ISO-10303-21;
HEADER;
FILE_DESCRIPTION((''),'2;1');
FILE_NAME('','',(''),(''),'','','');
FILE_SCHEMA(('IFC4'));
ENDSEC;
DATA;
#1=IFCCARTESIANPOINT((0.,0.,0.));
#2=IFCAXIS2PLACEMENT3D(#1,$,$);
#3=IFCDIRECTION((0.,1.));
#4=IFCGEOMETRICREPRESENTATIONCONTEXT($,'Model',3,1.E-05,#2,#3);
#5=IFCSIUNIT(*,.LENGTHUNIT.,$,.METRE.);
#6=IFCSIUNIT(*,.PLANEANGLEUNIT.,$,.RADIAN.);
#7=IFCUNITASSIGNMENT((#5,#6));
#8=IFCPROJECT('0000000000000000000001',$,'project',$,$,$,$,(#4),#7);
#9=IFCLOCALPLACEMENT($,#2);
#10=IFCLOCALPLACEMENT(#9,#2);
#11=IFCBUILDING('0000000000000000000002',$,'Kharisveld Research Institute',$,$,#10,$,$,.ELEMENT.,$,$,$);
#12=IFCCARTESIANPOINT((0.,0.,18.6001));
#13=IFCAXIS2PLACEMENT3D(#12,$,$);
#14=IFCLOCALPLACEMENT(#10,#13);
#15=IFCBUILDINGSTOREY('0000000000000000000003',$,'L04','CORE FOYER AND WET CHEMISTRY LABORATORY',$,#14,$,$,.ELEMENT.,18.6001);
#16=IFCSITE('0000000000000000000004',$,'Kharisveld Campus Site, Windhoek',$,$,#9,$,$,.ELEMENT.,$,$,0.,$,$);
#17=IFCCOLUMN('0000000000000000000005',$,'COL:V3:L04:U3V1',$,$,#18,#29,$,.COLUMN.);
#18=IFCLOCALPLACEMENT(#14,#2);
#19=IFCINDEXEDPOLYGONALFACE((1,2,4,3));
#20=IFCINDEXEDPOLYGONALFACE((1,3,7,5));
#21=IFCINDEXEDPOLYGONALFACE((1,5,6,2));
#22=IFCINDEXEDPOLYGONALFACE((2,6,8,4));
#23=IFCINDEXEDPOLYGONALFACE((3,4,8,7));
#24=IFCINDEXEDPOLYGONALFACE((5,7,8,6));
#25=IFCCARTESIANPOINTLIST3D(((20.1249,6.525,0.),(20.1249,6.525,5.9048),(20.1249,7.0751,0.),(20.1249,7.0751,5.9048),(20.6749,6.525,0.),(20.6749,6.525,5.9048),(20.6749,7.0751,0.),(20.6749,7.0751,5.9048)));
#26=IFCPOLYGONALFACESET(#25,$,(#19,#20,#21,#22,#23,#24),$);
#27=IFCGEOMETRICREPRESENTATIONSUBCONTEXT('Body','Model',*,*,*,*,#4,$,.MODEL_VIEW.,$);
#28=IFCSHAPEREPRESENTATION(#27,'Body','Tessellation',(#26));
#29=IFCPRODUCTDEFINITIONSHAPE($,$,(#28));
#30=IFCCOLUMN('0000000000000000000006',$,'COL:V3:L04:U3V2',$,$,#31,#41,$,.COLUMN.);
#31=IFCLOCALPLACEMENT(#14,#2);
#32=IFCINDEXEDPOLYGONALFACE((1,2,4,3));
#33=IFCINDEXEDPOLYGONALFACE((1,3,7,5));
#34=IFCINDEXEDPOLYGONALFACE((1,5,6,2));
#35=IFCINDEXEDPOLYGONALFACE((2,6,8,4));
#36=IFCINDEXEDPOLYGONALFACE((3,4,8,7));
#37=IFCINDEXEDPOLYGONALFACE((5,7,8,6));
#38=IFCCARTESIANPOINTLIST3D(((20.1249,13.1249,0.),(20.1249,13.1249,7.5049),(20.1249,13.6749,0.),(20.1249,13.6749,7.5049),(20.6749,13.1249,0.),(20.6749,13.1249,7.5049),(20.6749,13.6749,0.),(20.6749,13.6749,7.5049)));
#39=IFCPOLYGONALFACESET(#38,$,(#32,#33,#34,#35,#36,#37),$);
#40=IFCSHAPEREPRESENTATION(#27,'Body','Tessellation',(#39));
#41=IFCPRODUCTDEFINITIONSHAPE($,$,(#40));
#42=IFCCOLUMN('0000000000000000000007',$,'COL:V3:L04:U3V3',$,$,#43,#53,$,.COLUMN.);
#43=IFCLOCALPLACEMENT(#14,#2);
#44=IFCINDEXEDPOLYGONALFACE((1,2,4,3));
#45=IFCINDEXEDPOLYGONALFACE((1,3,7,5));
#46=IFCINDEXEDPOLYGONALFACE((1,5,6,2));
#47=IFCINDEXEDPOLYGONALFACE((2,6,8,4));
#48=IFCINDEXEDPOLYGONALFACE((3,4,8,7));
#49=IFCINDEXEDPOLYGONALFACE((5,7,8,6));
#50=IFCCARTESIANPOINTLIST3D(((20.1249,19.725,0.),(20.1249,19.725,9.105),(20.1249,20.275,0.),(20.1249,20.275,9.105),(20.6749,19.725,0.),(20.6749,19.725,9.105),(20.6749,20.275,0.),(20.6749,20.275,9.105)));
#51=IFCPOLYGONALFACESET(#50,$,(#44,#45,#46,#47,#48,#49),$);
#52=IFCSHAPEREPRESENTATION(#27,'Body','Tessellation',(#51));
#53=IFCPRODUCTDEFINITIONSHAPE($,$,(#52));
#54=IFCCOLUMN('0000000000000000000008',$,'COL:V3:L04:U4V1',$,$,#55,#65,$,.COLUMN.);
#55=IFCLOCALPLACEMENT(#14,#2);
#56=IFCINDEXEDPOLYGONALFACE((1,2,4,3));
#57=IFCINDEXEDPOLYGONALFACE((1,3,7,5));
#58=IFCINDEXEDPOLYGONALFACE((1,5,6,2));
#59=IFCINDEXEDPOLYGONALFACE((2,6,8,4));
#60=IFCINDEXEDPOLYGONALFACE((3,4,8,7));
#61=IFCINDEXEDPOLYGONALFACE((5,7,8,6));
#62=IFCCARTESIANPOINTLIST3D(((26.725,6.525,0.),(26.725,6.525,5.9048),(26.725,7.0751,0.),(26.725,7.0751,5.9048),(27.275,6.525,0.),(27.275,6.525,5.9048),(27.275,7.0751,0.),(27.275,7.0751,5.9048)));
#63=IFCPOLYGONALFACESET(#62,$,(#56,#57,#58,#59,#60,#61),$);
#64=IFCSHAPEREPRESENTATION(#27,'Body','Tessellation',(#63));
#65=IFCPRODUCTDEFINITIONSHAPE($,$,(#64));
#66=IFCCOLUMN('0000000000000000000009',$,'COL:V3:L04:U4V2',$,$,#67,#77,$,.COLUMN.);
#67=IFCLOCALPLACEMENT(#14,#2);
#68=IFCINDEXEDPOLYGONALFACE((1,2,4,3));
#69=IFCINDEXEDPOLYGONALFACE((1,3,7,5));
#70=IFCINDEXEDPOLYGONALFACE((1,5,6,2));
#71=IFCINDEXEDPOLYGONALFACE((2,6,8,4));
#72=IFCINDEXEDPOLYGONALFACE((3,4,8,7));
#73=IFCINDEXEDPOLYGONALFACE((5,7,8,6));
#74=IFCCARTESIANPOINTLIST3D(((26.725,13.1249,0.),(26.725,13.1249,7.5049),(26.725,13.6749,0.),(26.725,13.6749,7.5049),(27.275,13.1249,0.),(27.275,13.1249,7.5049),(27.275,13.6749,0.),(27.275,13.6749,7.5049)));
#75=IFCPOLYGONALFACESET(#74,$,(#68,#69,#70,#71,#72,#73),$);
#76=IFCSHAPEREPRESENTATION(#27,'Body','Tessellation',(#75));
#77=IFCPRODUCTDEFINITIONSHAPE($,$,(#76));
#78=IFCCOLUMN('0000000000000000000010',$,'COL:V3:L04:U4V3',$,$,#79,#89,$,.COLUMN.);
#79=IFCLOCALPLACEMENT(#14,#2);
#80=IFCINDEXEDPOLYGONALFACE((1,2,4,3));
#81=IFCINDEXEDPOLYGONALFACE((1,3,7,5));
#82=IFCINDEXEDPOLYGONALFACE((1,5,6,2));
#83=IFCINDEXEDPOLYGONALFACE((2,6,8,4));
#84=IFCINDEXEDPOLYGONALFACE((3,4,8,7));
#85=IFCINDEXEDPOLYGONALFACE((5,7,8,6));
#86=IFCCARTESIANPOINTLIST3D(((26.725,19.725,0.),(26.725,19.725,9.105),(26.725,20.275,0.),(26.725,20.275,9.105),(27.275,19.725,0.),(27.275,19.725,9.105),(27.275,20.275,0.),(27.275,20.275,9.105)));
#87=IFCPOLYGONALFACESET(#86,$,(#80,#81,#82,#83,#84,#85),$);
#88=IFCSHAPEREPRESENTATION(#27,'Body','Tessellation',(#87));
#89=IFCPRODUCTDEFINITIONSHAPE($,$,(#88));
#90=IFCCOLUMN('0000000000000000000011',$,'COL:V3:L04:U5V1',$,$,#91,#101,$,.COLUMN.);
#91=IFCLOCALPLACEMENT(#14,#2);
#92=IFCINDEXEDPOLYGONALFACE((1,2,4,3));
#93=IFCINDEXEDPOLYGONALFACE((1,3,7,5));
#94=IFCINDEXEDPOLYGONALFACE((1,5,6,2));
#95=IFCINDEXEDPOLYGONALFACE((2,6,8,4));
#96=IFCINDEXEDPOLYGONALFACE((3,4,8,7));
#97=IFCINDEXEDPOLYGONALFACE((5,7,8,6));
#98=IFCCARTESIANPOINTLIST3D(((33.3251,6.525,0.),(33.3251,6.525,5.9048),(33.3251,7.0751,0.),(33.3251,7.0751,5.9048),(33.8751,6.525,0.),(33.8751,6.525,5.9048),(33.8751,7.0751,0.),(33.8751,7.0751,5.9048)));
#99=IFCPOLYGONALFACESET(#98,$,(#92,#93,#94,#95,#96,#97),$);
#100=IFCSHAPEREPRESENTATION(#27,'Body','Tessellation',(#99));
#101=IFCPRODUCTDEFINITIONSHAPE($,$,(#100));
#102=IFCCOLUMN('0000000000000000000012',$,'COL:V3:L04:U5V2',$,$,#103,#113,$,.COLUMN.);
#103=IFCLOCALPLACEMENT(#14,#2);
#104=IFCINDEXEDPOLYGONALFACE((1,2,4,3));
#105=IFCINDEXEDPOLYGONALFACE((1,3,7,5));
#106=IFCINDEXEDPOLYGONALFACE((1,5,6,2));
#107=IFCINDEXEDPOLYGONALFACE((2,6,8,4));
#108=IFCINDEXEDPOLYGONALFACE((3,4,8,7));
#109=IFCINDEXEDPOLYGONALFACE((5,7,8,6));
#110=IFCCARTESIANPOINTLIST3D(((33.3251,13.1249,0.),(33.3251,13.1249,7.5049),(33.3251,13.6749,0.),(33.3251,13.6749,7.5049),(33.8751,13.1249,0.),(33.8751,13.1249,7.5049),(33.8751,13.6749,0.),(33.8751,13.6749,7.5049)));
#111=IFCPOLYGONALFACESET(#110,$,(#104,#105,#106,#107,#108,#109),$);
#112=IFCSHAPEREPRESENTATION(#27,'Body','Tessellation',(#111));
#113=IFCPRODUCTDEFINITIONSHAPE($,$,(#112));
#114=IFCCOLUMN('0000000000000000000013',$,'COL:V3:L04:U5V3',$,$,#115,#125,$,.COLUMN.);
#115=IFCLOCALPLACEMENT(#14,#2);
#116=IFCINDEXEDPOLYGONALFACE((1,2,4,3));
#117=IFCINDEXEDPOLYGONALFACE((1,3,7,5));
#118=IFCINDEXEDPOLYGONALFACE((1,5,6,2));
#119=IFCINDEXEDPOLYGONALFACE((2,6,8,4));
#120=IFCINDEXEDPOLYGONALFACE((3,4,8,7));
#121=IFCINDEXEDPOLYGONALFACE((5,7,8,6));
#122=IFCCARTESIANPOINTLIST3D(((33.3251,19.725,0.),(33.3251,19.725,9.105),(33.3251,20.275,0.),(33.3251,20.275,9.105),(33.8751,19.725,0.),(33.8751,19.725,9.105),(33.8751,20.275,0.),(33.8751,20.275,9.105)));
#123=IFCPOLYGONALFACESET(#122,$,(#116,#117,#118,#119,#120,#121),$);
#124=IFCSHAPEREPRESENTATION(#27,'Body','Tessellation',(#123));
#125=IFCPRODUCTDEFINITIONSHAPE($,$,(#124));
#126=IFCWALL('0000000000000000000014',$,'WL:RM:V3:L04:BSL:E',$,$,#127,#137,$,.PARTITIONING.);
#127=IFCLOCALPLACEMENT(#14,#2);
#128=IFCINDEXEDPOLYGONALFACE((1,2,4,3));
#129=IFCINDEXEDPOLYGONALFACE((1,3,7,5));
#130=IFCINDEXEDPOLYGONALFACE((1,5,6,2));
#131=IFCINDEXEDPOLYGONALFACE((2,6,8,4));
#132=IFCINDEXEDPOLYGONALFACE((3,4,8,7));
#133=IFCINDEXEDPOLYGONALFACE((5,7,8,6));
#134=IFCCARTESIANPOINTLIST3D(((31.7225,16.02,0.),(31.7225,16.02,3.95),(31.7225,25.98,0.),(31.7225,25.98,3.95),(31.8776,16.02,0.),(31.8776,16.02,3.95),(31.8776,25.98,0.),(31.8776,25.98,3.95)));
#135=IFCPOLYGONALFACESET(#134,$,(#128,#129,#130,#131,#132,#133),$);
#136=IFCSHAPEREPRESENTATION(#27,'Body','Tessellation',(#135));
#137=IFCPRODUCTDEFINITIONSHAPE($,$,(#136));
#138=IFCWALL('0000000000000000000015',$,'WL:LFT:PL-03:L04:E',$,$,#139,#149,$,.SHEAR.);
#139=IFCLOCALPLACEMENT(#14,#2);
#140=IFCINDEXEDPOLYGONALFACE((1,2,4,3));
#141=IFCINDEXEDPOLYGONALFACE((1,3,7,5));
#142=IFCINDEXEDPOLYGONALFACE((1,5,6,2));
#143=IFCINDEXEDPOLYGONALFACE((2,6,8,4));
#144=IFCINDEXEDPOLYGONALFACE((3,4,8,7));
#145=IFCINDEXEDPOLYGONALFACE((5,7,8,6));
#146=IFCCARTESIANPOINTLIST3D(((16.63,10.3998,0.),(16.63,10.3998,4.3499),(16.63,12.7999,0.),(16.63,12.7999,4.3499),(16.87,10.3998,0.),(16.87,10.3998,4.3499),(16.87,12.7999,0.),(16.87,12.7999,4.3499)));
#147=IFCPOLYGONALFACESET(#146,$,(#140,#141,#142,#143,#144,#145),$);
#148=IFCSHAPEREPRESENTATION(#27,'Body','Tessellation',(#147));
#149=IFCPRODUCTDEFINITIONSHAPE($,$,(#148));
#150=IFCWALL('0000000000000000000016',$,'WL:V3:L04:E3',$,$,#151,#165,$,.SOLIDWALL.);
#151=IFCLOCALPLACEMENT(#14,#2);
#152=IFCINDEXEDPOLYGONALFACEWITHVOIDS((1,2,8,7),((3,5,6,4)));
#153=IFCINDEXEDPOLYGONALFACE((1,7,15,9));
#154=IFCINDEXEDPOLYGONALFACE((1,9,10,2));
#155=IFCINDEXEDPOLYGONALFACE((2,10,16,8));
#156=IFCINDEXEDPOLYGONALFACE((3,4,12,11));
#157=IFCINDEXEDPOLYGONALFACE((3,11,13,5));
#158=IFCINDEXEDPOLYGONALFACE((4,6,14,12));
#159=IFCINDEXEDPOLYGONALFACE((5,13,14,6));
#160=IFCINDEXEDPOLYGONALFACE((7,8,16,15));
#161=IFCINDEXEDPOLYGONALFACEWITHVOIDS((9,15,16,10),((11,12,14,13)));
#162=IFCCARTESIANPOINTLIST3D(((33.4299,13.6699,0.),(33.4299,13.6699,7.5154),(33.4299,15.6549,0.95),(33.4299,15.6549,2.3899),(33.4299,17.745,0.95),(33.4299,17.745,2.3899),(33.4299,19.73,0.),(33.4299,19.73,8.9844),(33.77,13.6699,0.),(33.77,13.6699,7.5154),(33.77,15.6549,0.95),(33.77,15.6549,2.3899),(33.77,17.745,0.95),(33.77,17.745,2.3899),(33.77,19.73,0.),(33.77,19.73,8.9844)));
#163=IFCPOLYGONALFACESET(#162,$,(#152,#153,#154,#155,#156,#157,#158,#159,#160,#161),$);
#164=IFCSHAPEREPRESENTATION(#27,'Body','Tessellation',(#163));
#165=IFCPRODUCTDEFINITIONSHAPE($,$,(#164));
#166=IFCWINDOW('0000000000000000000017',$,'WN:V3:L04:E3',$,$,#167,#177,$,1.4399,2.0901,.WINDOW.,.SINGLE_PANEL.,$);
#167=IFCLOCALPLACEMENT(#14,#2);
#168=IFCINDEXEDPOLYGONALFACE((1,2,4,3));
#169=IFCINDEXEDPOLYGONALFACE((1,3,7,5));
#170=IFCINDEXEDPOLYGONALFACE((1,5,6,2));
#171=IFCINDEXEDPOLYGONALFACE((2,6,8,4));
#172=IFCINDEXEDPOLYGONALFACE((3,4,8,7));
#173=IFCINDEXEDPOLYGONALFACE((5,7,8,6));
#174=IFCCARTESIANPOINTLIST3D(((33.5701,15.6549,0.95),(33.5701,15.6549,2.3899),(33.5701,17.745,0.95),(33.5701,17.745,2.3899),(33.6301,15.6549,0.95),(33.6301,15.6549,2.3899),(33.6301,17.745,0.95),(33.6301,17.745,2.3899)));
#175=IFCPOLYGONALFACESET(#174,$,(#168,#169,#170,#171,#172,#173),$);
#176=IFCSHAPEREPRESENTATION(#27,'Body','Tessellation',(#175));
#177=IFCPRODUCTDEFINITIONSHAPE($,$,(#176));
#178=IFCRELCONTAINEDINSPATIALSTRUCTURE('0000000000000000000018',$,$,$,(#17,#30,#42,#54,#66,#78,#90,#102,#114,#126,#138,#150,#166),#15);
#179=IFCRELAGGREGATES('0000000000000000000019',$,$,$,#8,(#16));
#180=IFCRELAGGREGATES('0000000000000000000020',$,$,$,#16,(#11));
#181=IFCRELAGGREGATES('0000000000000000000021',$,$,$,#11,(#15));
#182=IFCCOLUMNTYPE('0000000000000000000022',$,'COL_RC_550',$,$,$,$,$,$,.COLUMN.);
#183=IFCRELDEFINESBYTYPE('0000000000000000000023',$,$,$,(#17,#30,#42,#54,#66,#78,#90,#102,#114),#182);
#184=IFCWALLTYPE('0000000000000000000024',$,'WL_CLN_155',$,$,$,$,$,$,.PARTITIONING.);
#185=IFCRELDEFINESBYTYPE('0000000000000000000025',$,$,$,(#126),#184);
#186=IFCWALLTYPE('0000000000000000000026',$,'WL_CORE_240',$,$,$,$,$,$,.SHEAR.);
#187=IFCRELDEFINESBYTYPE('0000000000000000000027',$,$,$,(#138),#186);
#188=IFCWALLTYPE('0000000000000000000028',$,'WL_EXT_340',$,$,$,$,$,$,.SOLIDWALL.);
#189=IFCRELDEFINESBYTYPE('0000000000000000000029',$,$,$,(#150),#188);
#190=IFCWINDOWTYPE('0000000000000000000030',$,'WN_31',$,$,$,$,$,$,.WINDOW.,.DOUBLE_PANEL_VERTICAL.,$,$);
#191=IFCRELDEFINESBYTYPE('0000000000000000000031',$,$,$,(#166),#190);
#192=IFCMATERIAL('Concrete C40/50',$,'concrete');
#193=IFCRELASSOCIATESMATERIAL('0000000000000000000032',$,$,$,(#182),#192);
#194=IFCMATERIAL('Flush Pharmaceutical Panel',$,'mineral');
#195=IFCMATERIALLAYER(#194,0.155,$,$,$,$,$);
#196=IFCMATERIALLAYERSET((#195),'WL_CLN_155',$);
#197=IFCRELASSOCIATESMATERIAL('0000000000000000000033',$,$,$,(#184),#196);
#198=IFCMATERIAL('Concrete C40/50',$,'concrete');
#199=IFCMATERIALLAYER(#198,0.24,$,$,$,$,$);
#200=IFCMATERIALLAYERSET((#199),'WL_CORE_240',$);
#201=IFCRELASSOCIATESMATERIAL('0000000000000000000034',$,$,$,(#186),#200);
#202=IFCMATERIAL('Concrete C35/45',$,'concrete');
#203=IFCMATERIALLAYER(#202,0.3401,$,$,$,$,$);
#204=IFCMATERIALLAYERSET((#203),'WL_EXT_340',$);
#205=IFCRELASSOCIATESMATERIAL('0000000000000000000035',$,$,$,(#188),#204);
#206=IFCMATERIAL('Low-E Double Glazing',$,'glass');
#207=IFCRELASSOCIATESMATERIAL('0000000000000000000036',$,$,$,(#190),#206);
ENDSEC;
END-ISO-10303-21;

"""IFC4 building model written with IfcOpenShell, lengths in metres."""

from ifc_helpers import new_model, si_unit, direction, frame, frame_2d, origin, origin_2d, place, context, subcontext, project, spatial, polyline, rectangle, outline, extrude, material, layer, layer_set, material_profile, profile_set, type_object, element, fill, save


model = new_model("IFC4")

# Units and contexts
model_context = context("Model", 3, precision=1e-05, world=origin(), true_north=direction((0.0, 1.0)))
body_context = subcontext(model_context, "Body", "Model", "MODEL_VIEW")
ifc_project = project(units=[si_unit("LENGTHUNIT", "METRE"), si_unit("PLANEANGLEUNIT", "RADIAN")], contexts=[model_context])

# Site, building, storey
site_placement = place(None, origin())
site = spatial("IfcSite", under=ifc_project, at=site_placement, Name="Kharisveld Campus Site, Windhoek", CompositionType="ELEMENT", RefElevation=0.0)
building_placement = place(site_placement, origin())
building = spatial("IfcBuilding", under=site, at=building_placement, Name="Kharisveld Research Institute", CompositionType="ELEMENT")
storey_placement = place(building_placement, frame((0.0, 0.0, 18.6001)))
storey = spatial("IfcBuildingStorey", under=building, at=storey_placement, Name="L04", Description="CORE FOYER AND WET CHEMISTRY LABORATORY", CompositionType="ELEMENT", Elevation=18.6001)

# Columns
ifc_material_1 = material(Name="Concrete C40/50", Category="concrete")
ifc_material_profile = material_profile(ifc_material_1, rectangle(XDim=0.55, YDim=0.55, at=origin_2d()))
ifc_profile_set = profile_set([ifc_material_profile], Name="Concrete C40/50")
column_type = type_object("IfcColumnType", Name="COL_RC_550", PredefinedType="COLUMN", material=ifc_profile_set)
column_1_placement = place(storey_placement, frame((20.3999, 6.8, 0.0), z_axis=(0.0, 0.0, 1.0), x_axis=(1.0, 0.0, 0.0)))
element("IfcColumn", 1, at=column_1_placement, inside=storey, type_object=column_type, Name="COL:V3:L04:U3V1", PredefinedType="COLUMN", context=body_context, shape_type="SweptSolid", body=[
    extrude(rectangle(XDim=0.55, YDim=0.55, at=origin_2d()), origin(), (0.0, 0.0, 1.0), 5.9048),
])
column_2_placement = place(storey_placement, frame((20.3999, 13.3999, 0.0), z_axis=(0.0, 0.0, 1.0), x_axis=(1.0, 0.0, 0.0)))
element("IfcColumn", 2, at=column_2_placement, inside=storey, type_object=column_type, Name="COL:V3:L04:U3V2", PredefinedType="COLUMN", context=body_context, shape_type="SweptSolid", body=[
    extrude(rectangle(XDim=0.55, YDim=0.55, at=origin_2d()), origin(), (0.0, 0.0, 1.0), 7.5049),
])
column_3_placement = place(storey_placement, frame((20.3999, 20.0, 0.0), z_axis=(0.0, 0.0, 1.0), x_axis=(1.0, 0.0, 0.0)))
element("IfcColumn", 3, at=column_3_placement, inside=storey, type_object=column_type, Name="COL:V3:L04:U3V3", PredefinedType="COLUMN", context=body_context, shape_type="SweptSolid", body=[
    extrude(rectangle(XDim=0.55, YDim=0.55, at=origin_2d()), origin(), (0.0, 0.0, 1.0), 9.105),
])
column_4_placement = place(storey_placement, frame((27.0, 6.8, 0.0), z_axis=(0.0, 0.0, 1.0), x_axis=(1.0, 0.0, 0.0)))
element("IfcColumn", 4, at=column_4_placement, inside=storey, type_object=column_type, Name="COL:V3:L04:U4V1", PredefinedType="COLUMN", context=body_context, shape_type="SweptSolid", body=[
    extrude(rectangle(XDim=0.55, YDim=0.55, at=origin_2d()), origin(), (0.0, 0.0, 1.0), 5.9048),
])
column_5_placement = place(storey_placement, frame((27.0, 13.3999, 0.0), z_axis=(0.0, 0.0, 1.0), x_axis=(1.0, 0.0, 0.0)))
element("IfcColumn", 5, at=column_5_placement, inside=storey, type_object=column_type, Name="COL:V3:L04:U4V2", PredefinedType="COLUMN", context=body_context, shape_type="SweptSolid", body=[
    extrude(rectangle(XDim=0.55, YDim=0.55, at=origin_2d()), origin(), (0.0, 0.0, 1.0), 7.5049),
])
column_6_placement = place(storey_placement, frame((27.0, 20.0, 0.0), z_axis=(0.0, 0.0, 1.0), x_axis=(1.0, 0.0, 0.0)))
element("IfcColumn", 6, at=column_6_placement, inside=storey, type_object=column_type, Name="COL:V3:L04:U4V3", PredefinedType="COLUMN", context=body_context, shape_type="SweptSolid", body=[
    extrude(rectangle(XDim=0.55, YDim=0.55, at=origin_2d()), origin(), (0.0, 0.0, 1.0), 9.105),
])
column_7_placement = place(storey_placement, frame((33.6001, 6.8, 0.0), z_axis=(0.0, 0.0, 1.0), x_axis=(1.0, 0.0, 0.0)))
element("IfcColumn", 7, at=column_7_placement, inside=storey, type_object=column_type, Name="COL:V3:L04:U5V1", PredefinedType="COLUMN", context=body_context, shape_type="SweptSolid", body=[
    extrude(rectangle(XDim=0.55, YDim=0.55, at=origin_2d()), origin(), (0.0, 0.0, 1.0), 5.9048),
])
column_8_placement = place(storey_placement, frame((33.6001, 13.3999, 0.0), z_axis=(0.0, 0.0, 1.0), x_axis=(1.0, 0.0, 0.0)))
element("IfcColumn", 8, at=column_8_placement, inside=storey, type_object=column_type, Name="COL:V3:L04:U5V2", PredefinedType="COLUMN", context=body_context, shape_type="SweptSolid", body=[
    extrude(rectangle(XDim=0.55, YDim=0.55, at=origin_2d()), origin(), (0.0, 0.0, 1.0), 7.5049),
])
column_9_placement = place(storey_placement, frame((33.6001, 20.0, 0.0), z_axis=(0.0, 0.0, 1.0), x_axis=(1.0, 0.0, 0.0)))
element("IfcColumn", 9, at=column_9_placement, inside=storey, type_object=column_type, Name="COL:V3:L04:U5V3", PredefinedType="COLUMN", context=body_context, shape_type="SweptSolid", body=[
    extrude(rectangle(XDim=0.55, YDim=0.55, at=origin_2d()), origin(), (0.0, 0.0, 1.0), 9.105),
])

# Shared definitions
ifc_material_2 = material(Name="Flush Pharmaceutical Panel", Category="mineral")
ifc_layer_1 = layer(ifc_material_2, 0.155)
ifc_layer_set_1 = layer_set([ifc_layer_1], Name="WL_CLN_155")
wall_type_1 = type_object("IfcWallType", Name="WL_CLN_155", PredefinedType="PARTITIONING", material=ifc_layer_set_1)

# Walls
wall_1_placement = place(storey_placement, frame((31.8, 16.02, 0.0), z_axis=(0.0, 0.0, 1.0), x_axis=(0.0, 1.0, 0.0)))
element("IfcWall", 10, at=wall_1_placement, inside=storey, type_object=wall_type_1, Name="WL:RM:V3:L04:BSL:E", PredefinedType="PARTITIONING", context=body_context, shape_type="SweptSolid", body=[
    extrude(rectangle(XDim=9.96, YDim=0.155, at=frame_2d((4.98, 0.0))), origin(), (0.0, 0.0, 1.0), 3.95),
])
ifc_material_3 = material(Name="Concrete C40/50", Category="concrete")
ifc_layer_2 = layer(ifc_material_3, 0.24)
ifc_layer_set_2 = layer_set([ifc_layer_2], Name="WL_CORE_240")
wall_type_2 = type_object("IfcWallType", Name="WL_CORE_240", PredefinedType="SHEAR", material=ifc_layer_set_2)
wall_2_placement = place(storey_placement, frame((16.75, 12.8, 0.0), z_axis=(0.0, 0.0, 1.0), x_axis=(0.0, -1.0, 0.0)))
element("IfcWall", 11, at=wall_2_placement, inside=storey, type_object=wall_type_2, Name="WL:LFT:PL-03:L04:E", PredefinedType="SHEAR", context=body_context, shape_type="SweptSolid", body=[
    extrude(rectangle(XDim=2.4001, YDim=0.24, at=frame_2d((1.2002, 0.0))), origin(), (0.0, 0.0, 1.0), 4.3499),
])

# Wall, opening, window
ifc_material_4 = material(Name="Concrete C35/45", Category="concrete")
ifc_layer_3 = layer(ifc_material_4, 0.3401)
ifc_layer_set_3 = layer_set([ifc_layer_3], Name="WL_EXT_340")
wall_type_3 = type_object("IfcWallType", Name="WL_EXT_340", PredefinedType="SOLIDWALL", material=ifc_layer_set_3)
wall_3_placement = place(storey_placement, frame((33.6001, 19.73, 0.0), z_axis=(0.0, 0.0, 1.0), x_axis=(0.0, -1.0, 0.0)))
wall_3 = element("IfcWall", 12, at=wall_3_placement, inside=storey, type_object=wall_type_3, Name="WL:V3:L04:E3", PredefinedType="SOLIDWALL", context=body_context, shape_type="SweptSolid", body=[
    extrude(outline(polyline([(0.0, 0.0), (6.0601, 0.0), (6.0601, 7.5154), (0.0, 8.9844), (0.0, 0.0)])), frame((0.0, 0.1699, 0.0), z_axis=(0.0, -1.0, 0.0), x_axis=(1.0, 0.0, 0.0)), (0.0, 0.0, 1.0), 0.3401),
])
opening_1_placement = place(wall_3_placement, frame((1.9851, 0.0, 0.95)))
opening_1 = element("IfcOpeningElement", 13, at=opening_1_placement, cuts=wall_3, PredefinedType="OPENING", context=body_context, shape_type="SweptSolid", body=[
    extrude(rectangle(XDim=2.0901, YDim=1.4399, at=frame_2d((1.0449, 0.72))), frame((0.0, 0.1699, 0.0), z_axis=(0.0, -1.0, 0.0), x_axis=(1.0, 0.0, 0.0)), (0.0, 0.0, 1.0), 0.3401),
])
ifc_material_5 = material(Name="Low-E Double Glazing", Category="glass")
window_type_1 = type_object("IfcWindowType", Name="WN_31", PartitioningType="DOUBLE_PANEL_VERTICAL", PredefinedType="WINDOW", material=ifc_material_5)
window_1_placement = place(opening_1_placement, origin())
window_1 = element("IfcWindow", 14, at=window_1_placement, inside=storey, type_object=window_type_1, Name="WN:V3:L04:E3", OverallHeight=1.4399, OverallWidth=2.0901, PartitioningType="SINGLE_PANEL", PredefinedType="WINDOW", context=body_context, shape_type="SweptSolid", body=[
    extrude(rectangle(XDim=2.0901, YDim=1.4399, at=frame_2d((1.0449, 0.72))), frame((0.0, 0.03, 0.0), z_axis=(0.0, -1.0, 0.0), x_axis=(1.0, 0.0, 0.0)), (0.0, 0.0, 1.0), 0.0601),
])
fill(opening_1, window_1)

save(model, "model.ifc")
